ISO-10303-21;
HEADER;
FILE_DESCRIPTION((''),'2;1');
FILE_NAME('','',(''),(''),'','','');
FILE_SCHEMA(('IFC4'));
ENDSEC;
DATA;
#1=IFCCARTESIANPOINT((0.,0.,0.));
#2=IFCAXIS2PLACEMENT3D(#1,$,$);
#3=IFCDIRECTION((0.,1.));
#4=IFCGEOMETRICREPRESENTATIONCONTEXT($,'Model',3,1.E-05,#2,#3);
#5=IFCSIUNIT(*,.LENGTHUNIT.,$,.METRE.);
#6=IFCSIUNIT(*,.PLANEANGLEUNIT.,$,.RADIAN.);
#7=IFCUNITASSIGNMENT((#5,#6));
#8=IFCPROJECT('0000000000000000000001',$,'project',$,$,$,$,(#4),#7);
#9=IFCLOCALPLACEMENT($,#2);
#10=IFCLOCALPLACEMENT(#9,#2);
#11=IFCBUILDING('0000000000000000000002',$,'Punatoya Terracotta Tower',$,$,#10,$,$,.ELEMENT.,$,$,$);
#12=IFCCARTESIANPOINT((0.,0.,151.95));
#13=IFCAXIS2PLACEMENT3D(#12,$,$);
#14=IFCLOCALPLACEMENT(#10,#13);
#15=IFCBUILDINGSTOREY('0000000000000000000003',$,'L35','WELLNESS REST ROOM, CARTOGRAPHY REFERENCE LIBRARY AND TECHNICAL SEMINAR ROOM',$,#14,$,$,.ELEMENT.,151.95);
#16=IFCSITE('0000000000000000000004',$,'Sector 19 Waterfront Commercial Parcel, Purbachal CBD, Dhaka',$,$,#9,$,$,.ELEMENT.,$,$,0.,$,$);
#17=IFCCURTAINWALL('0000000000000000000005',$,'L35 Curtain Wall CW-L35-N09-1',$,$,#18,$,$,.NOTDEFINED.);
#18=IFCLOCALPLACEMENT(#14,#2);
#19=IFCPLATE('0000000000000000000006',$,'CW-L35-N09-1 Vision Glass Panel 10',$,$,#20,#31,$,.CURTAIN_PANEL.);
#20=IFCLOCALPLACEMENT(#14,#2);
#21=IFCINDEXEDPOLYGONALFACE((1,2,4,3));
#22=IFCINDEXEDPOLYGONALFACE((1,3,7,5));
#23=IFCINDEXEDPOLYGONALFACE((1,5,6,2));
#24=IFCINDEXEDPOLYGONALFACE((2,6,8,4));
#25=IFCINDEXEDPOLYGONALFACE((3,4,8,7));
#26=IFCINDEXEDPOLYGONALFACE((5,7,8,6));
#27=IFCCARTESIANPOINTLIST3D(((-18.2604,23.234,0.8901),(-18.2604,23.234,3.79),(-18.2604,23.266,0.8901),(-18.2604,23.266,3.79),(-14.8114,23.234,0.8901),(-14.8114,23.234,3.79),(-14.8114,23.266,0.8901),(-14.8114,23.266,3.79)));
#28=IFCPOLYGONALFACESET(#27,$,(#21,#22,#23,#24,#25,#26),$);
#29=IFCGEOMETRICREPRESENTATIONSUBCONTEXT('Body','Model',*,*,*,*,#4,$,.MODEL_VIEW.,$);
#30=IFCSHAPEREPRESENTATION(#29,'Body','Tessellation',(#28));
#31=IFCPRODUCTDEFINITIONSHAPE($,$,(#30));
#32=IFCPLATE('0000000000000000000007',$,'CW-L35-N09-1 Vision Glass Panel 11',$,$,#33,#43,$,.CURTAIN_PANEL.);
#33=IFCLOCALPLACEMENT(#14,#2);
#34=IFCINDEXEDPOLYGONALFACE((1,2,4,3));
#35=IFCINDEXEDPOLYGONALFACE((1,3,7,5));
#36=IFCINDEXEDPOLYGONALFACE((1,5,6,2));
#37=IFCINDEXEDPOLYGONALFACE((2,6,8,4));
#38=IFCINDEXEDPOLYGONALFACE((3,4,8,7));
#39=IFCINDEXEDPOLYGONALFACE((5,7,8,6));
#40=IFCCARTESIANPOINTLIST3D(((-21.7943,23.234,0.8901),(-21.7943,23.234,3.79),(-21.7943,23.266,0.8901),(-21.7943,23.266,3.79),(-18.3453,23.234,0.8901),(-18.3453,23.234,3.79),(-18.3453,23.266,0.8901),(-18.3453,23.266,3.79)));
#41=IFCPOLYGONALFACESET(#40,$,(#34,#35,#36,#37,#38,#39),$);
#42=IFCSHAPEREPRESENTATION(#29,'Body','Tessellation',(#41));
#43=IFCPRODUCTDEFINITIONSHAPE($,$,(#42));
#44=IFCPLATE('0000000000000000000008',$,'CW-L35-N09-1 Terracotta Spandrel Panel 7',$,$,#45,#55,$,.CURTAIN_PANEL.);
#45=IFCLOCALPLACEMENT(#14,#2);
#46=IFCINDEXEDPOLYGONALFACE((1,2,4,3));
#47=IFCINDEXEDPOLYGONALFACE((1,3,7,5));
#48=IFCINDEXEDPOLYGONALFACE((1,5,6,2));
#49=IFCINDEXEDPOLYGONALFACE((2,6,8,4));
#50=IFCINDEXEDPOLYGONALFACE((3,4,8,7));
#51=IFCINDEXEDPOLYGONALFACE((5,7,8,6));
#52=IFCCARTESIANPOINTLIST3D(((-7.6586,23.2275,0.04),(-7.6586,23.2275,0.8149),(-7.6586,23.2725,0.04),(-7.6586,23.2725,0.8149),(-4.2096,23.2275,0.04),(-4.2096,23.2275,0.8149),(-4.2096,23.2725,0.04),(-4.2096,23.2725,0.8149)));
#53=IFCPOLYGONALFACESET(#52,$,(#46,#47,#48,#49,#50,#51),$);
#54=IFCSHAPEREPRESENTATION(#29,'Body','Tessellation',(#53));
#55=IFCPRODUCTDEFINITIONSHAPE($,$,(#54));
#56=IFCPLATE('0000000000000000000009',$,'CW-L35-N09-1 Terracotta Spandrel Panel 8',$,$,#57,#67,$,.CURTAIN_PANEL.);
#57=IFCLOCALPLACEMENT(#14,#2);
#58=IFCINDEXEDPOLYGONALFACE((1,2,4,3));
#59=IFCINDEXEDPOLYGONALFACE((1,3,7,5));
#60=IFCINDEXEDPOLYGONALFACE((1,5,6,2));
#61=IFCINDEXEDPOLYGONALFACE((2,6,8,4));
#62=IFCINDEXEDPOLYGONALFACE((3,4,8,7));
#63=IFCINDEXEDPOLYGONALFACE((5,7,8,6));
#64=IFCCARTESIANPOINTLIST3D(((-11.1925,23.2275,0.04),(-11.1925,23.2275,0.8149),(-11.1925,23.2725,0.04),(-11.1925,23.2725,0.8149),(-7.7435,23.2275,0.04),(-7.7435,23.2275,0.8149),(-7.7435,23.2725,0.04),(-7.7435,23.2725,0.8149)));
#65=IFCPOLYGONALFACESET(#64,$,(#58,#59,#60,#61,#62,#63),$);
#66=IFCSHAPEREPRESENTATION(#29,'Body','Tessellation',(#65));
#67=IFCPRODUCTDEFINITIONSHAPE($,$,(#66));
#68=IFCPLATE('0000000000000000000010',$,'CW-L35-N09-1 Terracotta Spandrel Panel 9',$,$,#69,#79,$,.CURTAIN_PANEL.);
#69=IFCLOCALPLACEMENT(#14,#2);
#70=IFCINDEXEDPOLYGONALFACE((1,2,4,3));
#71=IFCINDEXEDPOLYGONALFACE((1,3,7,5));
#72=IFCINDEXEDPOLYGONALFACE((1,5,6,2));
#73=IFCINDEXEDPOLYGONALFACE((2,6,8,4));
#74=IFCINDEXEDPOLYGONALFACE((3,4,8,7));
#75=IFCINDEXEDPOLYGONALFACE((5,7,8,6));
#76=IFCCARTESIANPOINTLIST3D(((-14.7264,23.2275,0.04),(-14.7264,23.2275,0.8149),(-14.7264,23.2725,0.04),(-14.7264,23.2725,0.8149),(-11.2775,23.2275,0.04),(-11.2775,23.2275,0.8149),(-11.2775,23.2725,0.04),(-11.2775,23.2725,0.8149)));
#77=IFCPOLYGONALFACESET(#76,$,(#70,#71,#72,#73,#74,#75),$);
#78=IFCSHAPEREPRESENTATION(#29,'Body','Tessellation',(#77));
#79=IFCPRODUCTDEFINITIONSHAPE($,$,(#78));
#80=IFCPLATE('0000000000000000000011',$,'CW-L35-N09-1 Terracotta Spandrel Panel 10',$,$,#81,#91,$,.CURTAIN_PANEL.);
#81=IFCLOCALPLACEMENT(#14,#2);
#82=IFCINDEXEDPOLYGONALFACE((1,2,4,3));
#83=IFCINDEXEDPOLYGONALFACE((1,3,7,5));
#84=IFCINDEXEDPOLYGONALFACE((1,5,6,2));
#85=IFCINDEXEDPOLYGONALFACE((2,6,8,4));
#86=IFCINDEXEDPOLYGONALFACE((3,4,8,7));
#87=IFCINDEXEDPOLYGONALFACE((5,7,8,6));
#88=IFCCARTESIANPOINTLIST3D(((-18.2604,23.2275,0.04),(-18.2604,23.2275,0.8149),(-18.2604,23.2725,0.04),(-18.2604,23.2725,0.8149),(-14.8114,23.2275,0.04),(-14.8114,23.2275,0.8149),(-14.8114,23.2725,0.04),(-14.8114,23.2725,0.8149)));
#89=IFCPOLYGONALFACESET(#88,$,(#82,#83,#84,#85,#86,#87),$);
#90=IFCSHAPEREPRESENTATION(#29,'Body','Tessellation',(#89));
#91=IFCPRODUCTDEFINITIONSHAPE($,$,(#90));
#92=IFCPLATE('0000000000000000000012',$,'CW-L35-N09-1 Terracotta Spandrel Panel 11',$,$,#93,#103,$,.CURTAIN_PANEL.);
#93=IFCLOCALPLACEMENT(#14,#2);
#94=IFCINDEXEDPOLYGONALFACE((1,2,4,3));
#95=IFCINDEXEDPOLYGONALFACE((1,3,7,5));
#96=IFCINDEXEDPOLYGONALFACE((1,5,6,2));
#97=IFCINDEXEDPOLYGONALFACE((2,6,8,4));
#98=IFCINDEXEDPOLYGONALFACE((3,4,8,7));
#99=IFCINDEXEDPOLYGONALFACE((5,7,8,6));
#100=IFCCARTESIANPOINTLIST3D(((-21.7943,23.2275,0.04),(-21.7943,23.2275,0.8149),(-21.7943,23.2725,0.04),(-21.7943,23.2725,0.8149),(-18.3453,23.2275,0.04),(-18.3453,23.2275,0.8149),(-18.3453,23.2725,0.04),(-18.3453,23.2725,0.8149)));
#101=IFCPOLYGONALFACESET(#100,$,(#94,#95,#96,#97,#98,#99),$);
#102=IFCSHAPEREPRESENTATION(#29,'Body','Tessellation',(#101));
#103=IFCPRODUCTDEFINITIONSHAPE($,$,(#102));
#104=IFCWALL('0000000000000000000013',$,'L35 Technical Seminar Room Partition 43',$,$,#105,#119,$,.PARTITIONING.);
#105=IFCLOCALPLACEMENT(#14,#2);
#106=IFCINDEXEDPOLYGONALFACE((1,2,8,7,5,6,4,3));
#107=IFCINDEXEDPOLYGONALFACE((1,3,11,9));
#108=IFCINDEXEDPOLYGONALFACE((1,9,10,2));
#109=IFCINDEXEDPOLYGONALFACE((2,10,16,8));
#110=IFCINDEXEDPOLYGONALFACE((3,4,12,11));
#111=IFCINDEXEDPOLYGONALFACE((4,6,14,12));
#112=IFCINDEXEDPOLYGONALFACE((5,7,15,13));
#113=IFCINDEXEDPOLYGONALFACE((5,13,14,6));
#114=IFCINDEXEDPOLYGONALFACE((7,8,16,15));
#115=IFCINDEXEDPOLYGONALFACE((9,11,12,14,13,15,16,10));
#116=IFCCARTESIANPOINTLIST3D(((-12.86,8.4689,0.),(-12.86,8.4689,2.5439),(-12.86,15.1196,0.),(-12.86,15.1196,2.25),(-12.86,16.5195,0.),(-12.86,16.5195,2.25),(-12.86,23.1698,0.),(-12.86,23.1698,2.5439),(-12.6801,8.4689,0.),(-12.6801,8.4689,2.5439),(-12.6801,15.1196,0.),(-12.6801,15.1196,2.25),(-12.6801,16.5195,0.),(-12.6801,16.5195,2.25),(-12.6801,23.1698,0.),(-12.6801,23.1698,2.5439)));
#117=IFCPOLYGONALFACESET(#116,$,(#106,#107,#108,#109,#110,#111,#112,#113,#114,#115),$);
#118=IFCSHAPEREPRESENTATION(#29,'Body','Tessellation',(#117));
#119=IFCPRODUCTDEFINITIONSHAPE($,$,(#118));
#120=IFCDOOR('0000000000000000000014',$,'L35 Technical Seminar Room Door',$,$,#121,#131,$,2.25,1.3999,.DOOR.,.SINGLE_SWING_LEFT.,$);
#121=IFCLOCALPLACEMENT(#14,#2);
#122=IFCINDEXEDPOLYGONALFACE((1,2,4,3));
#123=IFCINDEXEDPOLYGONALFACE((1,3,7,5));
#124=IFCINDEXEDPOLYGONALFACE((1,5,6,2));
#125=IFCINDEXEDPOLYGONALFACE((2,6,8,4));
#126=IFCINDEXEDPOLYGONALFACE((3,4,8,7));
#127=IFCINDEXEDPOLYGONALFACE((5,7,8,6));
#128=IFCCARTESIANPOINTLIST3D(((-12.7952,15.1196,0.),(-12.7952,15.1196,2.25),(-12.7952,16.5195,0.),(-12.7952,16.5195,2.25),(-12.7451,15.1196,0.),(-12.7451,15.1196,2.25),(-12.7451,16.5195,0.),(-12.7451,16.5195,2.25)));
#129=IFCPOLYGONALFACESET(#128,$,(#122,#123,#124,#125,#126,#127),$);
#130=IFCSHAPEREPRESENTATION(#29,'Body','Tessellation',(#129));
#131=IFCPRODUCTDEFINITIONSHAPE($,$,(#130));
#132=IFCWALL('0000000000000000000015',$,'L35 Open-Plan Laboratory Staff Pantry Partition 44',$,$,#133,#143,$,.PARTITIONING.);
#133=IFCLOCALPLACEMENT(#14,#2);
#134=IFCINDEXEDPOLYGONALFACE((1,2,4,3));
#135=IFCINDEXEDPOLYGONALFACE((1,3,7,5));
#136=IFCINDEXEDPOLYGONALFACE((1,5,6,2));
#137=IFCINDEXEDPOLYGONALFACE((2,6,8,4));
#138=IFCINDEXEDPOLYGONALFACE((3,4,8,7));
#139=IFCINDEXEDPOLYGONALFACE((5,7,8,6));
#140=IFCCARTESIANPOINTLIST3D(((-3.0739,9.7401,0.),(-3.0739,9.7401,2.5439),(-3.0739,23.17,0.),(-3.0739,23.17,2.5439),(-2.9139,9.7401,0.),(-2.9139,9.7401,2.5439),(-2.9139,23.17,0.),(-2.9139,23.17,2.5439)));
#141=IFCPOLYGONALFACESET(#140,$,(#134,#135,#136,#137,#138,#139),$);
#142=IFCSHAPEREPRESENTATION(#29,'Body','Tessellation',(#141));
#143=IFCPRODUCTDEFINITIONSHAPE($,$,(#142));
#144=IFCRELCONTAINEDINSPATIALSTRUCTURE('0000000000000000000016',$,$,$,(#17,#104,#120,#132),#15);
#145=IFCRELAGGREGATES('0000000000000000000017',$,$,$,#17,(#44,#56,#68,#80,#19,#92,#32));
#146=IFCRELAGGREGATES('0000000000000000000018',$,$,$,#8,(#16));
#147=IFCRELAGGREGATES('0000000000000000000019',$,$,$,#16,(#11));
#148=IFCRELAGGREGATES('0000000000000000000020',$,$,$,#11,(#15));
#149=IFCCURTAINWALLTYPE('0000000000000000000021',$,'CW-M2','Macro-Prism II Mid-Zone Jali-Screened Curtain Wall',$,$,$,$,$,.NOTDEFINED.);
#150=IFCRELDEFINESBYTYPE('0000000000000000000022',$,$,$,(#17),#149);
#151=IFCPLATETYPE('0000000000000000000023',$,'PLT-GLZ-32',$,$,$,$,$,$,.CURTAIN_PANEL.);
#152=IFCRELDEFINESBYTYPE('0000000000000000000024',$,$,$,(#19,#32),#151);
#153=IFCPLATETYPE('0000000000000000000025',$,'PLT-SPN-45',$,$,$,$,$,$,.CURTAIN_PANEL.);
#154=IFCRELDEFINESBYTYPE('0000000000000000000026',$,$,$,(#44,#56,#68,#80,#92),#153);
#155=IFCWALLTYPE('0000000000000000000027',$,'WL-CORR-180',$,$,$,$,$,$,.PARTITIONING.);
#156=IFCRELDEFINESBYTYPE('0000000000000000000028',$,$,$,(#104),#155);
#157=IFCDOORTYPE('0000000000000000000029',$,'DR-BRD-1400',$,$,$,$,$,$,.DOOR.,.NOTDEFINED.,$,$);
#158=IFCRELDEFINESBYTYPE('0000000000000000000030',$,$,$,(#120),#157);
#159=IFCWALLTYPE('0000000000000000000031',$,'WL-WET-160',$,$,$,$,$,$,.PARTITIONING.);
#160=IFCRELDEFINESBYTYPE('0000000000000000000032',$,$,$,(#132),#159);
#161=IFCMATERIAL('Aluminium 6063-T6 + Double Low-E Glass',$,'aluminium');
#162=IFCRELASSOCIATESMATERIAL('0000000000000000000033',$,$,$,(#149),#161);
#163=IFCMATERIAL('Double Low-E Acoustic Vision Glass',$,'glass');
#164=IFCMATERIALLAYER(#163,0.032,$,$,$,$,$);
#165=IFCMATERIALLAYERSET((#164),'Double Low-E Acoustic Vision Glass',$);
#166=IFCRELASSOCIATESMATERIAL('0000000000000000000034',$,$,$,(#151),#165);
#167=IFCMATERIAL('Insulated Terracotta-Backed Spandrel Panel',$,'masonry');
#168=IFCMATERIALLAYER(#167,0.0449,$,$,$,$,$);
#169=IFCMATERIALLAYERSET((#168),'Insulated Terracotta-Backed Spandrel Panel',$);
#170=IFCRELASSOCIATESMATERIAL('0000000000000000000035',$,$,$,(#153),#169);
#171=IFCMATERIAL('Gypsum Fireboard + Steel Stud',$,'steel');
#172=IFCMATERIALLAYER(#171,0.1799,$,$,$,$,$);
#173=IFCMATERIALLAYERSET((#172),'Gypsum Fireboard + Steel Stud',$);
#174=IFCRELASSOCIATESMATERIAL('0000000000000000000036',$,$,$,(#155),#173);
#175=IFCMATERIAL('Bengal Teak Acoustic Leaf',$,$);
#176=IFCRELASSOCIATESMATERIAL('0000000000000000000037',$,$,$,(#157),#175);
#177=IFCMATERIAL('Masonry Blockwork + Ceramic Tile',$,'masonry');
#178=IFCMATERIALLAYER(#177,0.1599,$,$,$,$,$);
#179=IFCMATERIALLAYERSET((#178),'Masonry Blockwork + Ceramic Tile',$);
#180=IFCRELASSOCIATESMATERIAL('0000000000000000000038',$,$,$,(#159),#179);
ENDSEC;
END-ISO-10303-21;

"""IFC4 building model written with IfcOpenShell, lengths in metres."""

from ifc_helpers import new_model, si_unit, direction, frame, frame_2d, origin, origin_2d, place, context, subcontext, project, spatial, rectangle, extrude, material, layer, layer_set, type_object, element, fill, aggregate, save


model = new_model("IFC4")

# Units and contexts
model_context = context("Model", 3, precision=1e-05, world=origin(), true_north=direction((0.0, 1.0)))
body_context = subcontext(model_context, "Body", "Model", "MODEL_VIEW")
ifc_project = project(units=[si_unit("LENGTHUNIT", "METRE"), si_unit("PLANEANGLEUNIT", "RADIAN")], contexts=[model_context])

# Site, building, storey
site_placement = place(None, origin())
site = spatial("IfcSite", under=ifc_project, at=site_placement, Name="Sector 19 Waterfront Commercial Parcel, Purbachal CBD, Dhaka", CompositionType="ELEMENT", RefElevation=0.0)
building_placement = place(site_placement, origin())
building = spatial("IfcBuilding", under=site, at=building_placement, Name="Punatoya Terracotta Tower", CompositionType="ELEMENT")
storey_placement = place(building_placement, frame((0.0, 0.0, 151.95)))
storey = spatial("IfcBuildingStorey", under=building, at=storey_placement, Name="L35", Description="WELLNESS REST ROOM, CARTOGRAPHY REFERENCE LIBRARY AND TECHNICAL SEMINAR ROOM", CompositionType="ELEMENT", Elevation=151.95)

# Curtain wall, plates
ifc_material_1 = material(Name="Aluminium 6063-T6 + Double Low-E Glass", Category="aluminium")
curtain_wall_type = type_object("IfcCurtainWallType", Name="CW-M2", Description="Macro-Prism II Mid-Zone Jali-Screened Curtain Wall", PredefinedType="NOTDEFINED", material=ifc_material_1)
curtain_wall_placement = place(storey_placement, origin())
curtain_wall = element("IfcCurtainWall", 1, at=curtain_wall_placement, inside=storey, type_object=curtain_wall_type, Name="L35 Curtain Wall CW-L35-N09-1", PredefinedType="NOTDEFINED")
ifc_material_2 = material(Name="Double Low-E Acoustic Vision Glass", Category="glass")
ifc_layer_1 = layer(ifc_material_2, 0.032)
ifc_layer_set_1 = layer_set([ifc_layer_1], Name="Double Low-E Acoustic Vision Glass")
plate_type_1 = type_object("IfcPlateType", Name="PLT-GLZ-32", PredefinedType="CURTAIN_PANEL", material=ifc_layer_set_1)
plate_1_placement = place(storey_placement, frame((-16.5359, 23.25, 0.8901), z_axis=(0.0, 0.0, 1.0), x_axis=(-1.0, 0.0, 0.0)))
plate_1 = element("IfcPlate", 2, at=plate_1_placement, type_object=plate_type_1, Name="CW-L35-N09-1 Vision Glass Panel 10", PredefinedType="CURTAIN_PANEL", context=body_context, shape_type="SweptSolid", body=[
    extrude(rectangle(XDim=3.449, YDim=0.032, at=origin_2d()), origin(), (0.0, 0.0, 1.0), 2.8999),
])
plate_2_placement = place(storey_placement, frame((-20.0698, 23.25, 0.8901), z_axis=(0.0, 0.0, 1.0), x_axis=(-1.0, 0.0, 0.0)))
plate_2 = element("IfcPlate", 3, at=plate_2_placement, type_object=plate_type_1, Name="CW-L35-N09-1 Vision Glass Panel 11", PredefinedType="CURTAIN_PANEL", context=body_context, shape_type="SweptSolid", body=[
    extrude(rectangle(XDim=3.449, YDim=0.032, at=origin_2d()), origin(), (0.0, 0.0, 1.0), 2.8999),
])
ifc_material_3 = material(Name="Insulated Terracotta-Backed Spandrel Panel", Category="masonry")
ifc_layer_2 = layer(ifc_material_3, 0.0449)
ifc_layer_set_2 = layer_set([ifc_layer_2], Name="Insulated Terracotta-Backed Spandrel Panel")
plate_type_2 = type_object("IfcPlateType", Name="PLT-SPN-45", PredefinedType="CURTAIN_PANEL", material=ifc_layer_set_2)
plate_3_placement = place(storey_placement, frame((-5.9341, 23.25, 0.04), z_axis=(0.0, 0.0, 1.0), x_axis=(-1.0, 0.0, 0.0)))
plate_3 = element("IfcPlate", 4, at=plate_3_placement, type_object=plate_type_2, Name="CW-L35-N09-1 Terracotta Spandrel Panel 7", PredefinedType="CURTAIN_PANEL", context=body_context, shape_type="SweptSolid", body=[
    extrude(rectangle(XDim=3.449, YDim=0.0449, at=origin_2d()), origin(), (0.0, 0.0, 1.0), 0.7749),
])
plate_4_placement = place(storey_placement, frame((-9.468, 23.25, 0.04), z_axis=(0.0, 0.0, 1.0), x_axis=(-1.0, 0.0, 0.0)))
plate_4 = element("IfcPlate", 5, at=plate_4_placement, type_object=plate_type_2, Name="CW-L35-N09-1 Terracotta Spandrel Panel 8", PredefinedType="CURTAIN_PANEL", context=body_context, shape_type="SweptSolid", body=[
    extrude(rectangle(XDim=3.449, YDim=0.0449, at=origin_2d()), origin(), (0.0, 0.0, 1.0), 0.7749),
])
plate_5_placement = place(storey_placement, frame((-13.002, 23.25, 0.04), z_axis=(0.0, 0.0, 1.0), x_axis=(-1.0, 0.0, 0.0)))
plate_5 = element("IfcPlate", 6, at=plate_5_placement, type_object=plate_type_2, Name="CW-L35-N09-1 Terracotta Spandrel Panel 9", PredefinedType="CURTAIN_PANEL", context=body_context, shape_type="SweptSolid", body=[
    extrude(rectangle(XDim=3.449, YDim=0.0449, at=origin_2d()), origin(), (0.0, 0.0, 1.0), 0.7749),
])
plate_6_placement = place(storey_placement, frame((-16.5359, 23.25, 0.04), z_axis=(0.0, 0.0, 1.0), x_axis=(-1.0, 0.0, 0.0)))
plate_6 = element("IfcPlate", 7, at=plate_6_placement, type_object=plate_type_2, Name="CW-L35-N09-1 Terracotta Spandrel Panel 10", PredefinedType="CURTAIN_PANEL", context=body_context, shape_type="SweptSolid", body=[
    extrude(rectangle(XDim=3.449, YDim=0.0449, at=origin_2d()), origin(), (0.0, 0.0, 1.0), 0.7749),
])
plate_7_placement = place(storey_placement, frame((-20.0698, 23.25, 0.04), z_axis=(0.0, 0.0, 1.0), x_axis=(-1.0, 0.0, 0.0)))
plate_7 = element("IfcPlate", 8, at=plate_7_placement, type_object=plate_type_2, Name="CW-L35-N09-1 Terracotta Spandrel Panel 11", PredefinedType="CURTAIN_PANEL", context=body_context, shape_type="SweptSolid", body=[
    extrude(rectangle(XDim=3.449, YDim=0.0449, at=origin_2d()), origin(), (0.0, 0.0, 1.0), 0.7749),
])
aggregate(curtain_wall, [plate_3, plate_4, plate_5, plate_6, plate_1, plate_7, plate_2])

# Wall, opening, door
ifc_material_4 = material(Name="Gypsum Fireboard + Steel Stud", Category="steel")
ifc_layer_3 = layer(ifc_material_4, 0.1799)
ifc_layer_set_3 = layer_set([ifc_layer_3], Name="Gypsum Fireboard + Steel Stud")
wall_type_1 = type_object("IfcWallType", Name="WL-CORR-180", PredefinedType="PARTITIONING", material=ifc_layer_set_3)
wall_1_placement = place(storey_placement, frame((-12.77, 23.1699, 0.0), z_axis=(0.0, 0.0, 1.0), x_axis=(0.0, -1.0, 0.0)))
wall_1 = element("IfcWall", 9, at=wall_1_placement, inside=storey, type_object=wall_type_1, Name="L35 Technical Seminar Room Partition 43", PredefinedType="PARTITIONING", context=body_context, shape_type="SweptSolid", body=[
    extrude(rectangle(XDim=14.7009, YDim=0.1799, at=frame_2d((7.3506, 0.0))), origin(), (0.0, 0.0, 1.0), 2.5439),
])
opening_placement = place(wall_1_placement, frame((6.6504, 0.0, 0.0)))
opening = element("IfcOpeningElement", 10, at=opening_placement, cuts=wall_1, PredefinedType="OPENING", context=body_context, shape_type="SweptSolid", body=[
    extrude(rectangle(XDim=1.3999, YDim=2.25, at=frame_2d((0.7, 1.125))), frame((0.0, 0.0999, 0.0), z_axis=(0.0, -1.0, 0.0), x_axis=(1.0, 0.0, 0.0)), (0.0, 0.0, 1.0), 0.2),
])
ifc_material_5 = material(Name="Bengal Teak Acoustic Leaf")
door_type = type_object("IfcDoorType", Name="DR-BRD-1400", OperationType="NOTDEFINED", PredefinedType="DOOR", material=ifc_material_5)
door_placement = place(opening_placement, origin())
door = element("IfcDoor", 11, at=door_placement, inside=storey, type_object=door_type, Name="L35 Technical Seminar Room Door", OperationType="SINGLE_SWING_LEFT", OverallHeight=2.25, OverallWidth=1.3999, PredefinedType="DOOR", context=body_context, shape_type="SweptSolid", body=[
    extrude(rectangle(XDim=1.3999, YDim=2.25, at=frame_2d((0.7, 1.125))), frame((0.0, 0.0249, 0.0), z_axis=(0.0, -1.0, 0.0), x_axis=(1.0, 0.0, 0.0)), (0.0, 0.0, 1.0), 0.05),
])
fill(opening, door)

# Wall
ifc_material_6 = material(Name="Masonry Blockwork + Ceramic Tile", Category="masonry")
ifc_layer_4 = layer(ifc_material_6, 0.1599)
ifc_layer_set_4 = layer_set([ifc_layer_4], Name="Masonry Blockwork + Ceramic Tile")
wall_type_2 = type_object("IfcWallType", Name="WL-WET-160", PredefinedType="PARTITIONING", material=ifc_layer_set_4)
wall_2_placement = place(storey_placement, frame((-2.9939, 23.1699, 0.0), z_axis=(0.0, 0.0, 1.0), x_axis=(0.0, -1.0, 0.0)))
element("IfcWall", 12, at=wall_2_placement, inside=storey, type_object=wall_type_2, Name="L35 Open-Plan Laboratory Staff Pantry Partition 44", PredefinedType="PARTITIONING", context=body_context, shape_type="SweptSolid", body=[
    extrude(rectangle(XDim=13.4299, YDim=0.1599, at=frame_2d((6.7148, 0.0))), origin(), (0.0, 0.0, 1.0), 2.5439),
])

save(model, "model.ifc")
